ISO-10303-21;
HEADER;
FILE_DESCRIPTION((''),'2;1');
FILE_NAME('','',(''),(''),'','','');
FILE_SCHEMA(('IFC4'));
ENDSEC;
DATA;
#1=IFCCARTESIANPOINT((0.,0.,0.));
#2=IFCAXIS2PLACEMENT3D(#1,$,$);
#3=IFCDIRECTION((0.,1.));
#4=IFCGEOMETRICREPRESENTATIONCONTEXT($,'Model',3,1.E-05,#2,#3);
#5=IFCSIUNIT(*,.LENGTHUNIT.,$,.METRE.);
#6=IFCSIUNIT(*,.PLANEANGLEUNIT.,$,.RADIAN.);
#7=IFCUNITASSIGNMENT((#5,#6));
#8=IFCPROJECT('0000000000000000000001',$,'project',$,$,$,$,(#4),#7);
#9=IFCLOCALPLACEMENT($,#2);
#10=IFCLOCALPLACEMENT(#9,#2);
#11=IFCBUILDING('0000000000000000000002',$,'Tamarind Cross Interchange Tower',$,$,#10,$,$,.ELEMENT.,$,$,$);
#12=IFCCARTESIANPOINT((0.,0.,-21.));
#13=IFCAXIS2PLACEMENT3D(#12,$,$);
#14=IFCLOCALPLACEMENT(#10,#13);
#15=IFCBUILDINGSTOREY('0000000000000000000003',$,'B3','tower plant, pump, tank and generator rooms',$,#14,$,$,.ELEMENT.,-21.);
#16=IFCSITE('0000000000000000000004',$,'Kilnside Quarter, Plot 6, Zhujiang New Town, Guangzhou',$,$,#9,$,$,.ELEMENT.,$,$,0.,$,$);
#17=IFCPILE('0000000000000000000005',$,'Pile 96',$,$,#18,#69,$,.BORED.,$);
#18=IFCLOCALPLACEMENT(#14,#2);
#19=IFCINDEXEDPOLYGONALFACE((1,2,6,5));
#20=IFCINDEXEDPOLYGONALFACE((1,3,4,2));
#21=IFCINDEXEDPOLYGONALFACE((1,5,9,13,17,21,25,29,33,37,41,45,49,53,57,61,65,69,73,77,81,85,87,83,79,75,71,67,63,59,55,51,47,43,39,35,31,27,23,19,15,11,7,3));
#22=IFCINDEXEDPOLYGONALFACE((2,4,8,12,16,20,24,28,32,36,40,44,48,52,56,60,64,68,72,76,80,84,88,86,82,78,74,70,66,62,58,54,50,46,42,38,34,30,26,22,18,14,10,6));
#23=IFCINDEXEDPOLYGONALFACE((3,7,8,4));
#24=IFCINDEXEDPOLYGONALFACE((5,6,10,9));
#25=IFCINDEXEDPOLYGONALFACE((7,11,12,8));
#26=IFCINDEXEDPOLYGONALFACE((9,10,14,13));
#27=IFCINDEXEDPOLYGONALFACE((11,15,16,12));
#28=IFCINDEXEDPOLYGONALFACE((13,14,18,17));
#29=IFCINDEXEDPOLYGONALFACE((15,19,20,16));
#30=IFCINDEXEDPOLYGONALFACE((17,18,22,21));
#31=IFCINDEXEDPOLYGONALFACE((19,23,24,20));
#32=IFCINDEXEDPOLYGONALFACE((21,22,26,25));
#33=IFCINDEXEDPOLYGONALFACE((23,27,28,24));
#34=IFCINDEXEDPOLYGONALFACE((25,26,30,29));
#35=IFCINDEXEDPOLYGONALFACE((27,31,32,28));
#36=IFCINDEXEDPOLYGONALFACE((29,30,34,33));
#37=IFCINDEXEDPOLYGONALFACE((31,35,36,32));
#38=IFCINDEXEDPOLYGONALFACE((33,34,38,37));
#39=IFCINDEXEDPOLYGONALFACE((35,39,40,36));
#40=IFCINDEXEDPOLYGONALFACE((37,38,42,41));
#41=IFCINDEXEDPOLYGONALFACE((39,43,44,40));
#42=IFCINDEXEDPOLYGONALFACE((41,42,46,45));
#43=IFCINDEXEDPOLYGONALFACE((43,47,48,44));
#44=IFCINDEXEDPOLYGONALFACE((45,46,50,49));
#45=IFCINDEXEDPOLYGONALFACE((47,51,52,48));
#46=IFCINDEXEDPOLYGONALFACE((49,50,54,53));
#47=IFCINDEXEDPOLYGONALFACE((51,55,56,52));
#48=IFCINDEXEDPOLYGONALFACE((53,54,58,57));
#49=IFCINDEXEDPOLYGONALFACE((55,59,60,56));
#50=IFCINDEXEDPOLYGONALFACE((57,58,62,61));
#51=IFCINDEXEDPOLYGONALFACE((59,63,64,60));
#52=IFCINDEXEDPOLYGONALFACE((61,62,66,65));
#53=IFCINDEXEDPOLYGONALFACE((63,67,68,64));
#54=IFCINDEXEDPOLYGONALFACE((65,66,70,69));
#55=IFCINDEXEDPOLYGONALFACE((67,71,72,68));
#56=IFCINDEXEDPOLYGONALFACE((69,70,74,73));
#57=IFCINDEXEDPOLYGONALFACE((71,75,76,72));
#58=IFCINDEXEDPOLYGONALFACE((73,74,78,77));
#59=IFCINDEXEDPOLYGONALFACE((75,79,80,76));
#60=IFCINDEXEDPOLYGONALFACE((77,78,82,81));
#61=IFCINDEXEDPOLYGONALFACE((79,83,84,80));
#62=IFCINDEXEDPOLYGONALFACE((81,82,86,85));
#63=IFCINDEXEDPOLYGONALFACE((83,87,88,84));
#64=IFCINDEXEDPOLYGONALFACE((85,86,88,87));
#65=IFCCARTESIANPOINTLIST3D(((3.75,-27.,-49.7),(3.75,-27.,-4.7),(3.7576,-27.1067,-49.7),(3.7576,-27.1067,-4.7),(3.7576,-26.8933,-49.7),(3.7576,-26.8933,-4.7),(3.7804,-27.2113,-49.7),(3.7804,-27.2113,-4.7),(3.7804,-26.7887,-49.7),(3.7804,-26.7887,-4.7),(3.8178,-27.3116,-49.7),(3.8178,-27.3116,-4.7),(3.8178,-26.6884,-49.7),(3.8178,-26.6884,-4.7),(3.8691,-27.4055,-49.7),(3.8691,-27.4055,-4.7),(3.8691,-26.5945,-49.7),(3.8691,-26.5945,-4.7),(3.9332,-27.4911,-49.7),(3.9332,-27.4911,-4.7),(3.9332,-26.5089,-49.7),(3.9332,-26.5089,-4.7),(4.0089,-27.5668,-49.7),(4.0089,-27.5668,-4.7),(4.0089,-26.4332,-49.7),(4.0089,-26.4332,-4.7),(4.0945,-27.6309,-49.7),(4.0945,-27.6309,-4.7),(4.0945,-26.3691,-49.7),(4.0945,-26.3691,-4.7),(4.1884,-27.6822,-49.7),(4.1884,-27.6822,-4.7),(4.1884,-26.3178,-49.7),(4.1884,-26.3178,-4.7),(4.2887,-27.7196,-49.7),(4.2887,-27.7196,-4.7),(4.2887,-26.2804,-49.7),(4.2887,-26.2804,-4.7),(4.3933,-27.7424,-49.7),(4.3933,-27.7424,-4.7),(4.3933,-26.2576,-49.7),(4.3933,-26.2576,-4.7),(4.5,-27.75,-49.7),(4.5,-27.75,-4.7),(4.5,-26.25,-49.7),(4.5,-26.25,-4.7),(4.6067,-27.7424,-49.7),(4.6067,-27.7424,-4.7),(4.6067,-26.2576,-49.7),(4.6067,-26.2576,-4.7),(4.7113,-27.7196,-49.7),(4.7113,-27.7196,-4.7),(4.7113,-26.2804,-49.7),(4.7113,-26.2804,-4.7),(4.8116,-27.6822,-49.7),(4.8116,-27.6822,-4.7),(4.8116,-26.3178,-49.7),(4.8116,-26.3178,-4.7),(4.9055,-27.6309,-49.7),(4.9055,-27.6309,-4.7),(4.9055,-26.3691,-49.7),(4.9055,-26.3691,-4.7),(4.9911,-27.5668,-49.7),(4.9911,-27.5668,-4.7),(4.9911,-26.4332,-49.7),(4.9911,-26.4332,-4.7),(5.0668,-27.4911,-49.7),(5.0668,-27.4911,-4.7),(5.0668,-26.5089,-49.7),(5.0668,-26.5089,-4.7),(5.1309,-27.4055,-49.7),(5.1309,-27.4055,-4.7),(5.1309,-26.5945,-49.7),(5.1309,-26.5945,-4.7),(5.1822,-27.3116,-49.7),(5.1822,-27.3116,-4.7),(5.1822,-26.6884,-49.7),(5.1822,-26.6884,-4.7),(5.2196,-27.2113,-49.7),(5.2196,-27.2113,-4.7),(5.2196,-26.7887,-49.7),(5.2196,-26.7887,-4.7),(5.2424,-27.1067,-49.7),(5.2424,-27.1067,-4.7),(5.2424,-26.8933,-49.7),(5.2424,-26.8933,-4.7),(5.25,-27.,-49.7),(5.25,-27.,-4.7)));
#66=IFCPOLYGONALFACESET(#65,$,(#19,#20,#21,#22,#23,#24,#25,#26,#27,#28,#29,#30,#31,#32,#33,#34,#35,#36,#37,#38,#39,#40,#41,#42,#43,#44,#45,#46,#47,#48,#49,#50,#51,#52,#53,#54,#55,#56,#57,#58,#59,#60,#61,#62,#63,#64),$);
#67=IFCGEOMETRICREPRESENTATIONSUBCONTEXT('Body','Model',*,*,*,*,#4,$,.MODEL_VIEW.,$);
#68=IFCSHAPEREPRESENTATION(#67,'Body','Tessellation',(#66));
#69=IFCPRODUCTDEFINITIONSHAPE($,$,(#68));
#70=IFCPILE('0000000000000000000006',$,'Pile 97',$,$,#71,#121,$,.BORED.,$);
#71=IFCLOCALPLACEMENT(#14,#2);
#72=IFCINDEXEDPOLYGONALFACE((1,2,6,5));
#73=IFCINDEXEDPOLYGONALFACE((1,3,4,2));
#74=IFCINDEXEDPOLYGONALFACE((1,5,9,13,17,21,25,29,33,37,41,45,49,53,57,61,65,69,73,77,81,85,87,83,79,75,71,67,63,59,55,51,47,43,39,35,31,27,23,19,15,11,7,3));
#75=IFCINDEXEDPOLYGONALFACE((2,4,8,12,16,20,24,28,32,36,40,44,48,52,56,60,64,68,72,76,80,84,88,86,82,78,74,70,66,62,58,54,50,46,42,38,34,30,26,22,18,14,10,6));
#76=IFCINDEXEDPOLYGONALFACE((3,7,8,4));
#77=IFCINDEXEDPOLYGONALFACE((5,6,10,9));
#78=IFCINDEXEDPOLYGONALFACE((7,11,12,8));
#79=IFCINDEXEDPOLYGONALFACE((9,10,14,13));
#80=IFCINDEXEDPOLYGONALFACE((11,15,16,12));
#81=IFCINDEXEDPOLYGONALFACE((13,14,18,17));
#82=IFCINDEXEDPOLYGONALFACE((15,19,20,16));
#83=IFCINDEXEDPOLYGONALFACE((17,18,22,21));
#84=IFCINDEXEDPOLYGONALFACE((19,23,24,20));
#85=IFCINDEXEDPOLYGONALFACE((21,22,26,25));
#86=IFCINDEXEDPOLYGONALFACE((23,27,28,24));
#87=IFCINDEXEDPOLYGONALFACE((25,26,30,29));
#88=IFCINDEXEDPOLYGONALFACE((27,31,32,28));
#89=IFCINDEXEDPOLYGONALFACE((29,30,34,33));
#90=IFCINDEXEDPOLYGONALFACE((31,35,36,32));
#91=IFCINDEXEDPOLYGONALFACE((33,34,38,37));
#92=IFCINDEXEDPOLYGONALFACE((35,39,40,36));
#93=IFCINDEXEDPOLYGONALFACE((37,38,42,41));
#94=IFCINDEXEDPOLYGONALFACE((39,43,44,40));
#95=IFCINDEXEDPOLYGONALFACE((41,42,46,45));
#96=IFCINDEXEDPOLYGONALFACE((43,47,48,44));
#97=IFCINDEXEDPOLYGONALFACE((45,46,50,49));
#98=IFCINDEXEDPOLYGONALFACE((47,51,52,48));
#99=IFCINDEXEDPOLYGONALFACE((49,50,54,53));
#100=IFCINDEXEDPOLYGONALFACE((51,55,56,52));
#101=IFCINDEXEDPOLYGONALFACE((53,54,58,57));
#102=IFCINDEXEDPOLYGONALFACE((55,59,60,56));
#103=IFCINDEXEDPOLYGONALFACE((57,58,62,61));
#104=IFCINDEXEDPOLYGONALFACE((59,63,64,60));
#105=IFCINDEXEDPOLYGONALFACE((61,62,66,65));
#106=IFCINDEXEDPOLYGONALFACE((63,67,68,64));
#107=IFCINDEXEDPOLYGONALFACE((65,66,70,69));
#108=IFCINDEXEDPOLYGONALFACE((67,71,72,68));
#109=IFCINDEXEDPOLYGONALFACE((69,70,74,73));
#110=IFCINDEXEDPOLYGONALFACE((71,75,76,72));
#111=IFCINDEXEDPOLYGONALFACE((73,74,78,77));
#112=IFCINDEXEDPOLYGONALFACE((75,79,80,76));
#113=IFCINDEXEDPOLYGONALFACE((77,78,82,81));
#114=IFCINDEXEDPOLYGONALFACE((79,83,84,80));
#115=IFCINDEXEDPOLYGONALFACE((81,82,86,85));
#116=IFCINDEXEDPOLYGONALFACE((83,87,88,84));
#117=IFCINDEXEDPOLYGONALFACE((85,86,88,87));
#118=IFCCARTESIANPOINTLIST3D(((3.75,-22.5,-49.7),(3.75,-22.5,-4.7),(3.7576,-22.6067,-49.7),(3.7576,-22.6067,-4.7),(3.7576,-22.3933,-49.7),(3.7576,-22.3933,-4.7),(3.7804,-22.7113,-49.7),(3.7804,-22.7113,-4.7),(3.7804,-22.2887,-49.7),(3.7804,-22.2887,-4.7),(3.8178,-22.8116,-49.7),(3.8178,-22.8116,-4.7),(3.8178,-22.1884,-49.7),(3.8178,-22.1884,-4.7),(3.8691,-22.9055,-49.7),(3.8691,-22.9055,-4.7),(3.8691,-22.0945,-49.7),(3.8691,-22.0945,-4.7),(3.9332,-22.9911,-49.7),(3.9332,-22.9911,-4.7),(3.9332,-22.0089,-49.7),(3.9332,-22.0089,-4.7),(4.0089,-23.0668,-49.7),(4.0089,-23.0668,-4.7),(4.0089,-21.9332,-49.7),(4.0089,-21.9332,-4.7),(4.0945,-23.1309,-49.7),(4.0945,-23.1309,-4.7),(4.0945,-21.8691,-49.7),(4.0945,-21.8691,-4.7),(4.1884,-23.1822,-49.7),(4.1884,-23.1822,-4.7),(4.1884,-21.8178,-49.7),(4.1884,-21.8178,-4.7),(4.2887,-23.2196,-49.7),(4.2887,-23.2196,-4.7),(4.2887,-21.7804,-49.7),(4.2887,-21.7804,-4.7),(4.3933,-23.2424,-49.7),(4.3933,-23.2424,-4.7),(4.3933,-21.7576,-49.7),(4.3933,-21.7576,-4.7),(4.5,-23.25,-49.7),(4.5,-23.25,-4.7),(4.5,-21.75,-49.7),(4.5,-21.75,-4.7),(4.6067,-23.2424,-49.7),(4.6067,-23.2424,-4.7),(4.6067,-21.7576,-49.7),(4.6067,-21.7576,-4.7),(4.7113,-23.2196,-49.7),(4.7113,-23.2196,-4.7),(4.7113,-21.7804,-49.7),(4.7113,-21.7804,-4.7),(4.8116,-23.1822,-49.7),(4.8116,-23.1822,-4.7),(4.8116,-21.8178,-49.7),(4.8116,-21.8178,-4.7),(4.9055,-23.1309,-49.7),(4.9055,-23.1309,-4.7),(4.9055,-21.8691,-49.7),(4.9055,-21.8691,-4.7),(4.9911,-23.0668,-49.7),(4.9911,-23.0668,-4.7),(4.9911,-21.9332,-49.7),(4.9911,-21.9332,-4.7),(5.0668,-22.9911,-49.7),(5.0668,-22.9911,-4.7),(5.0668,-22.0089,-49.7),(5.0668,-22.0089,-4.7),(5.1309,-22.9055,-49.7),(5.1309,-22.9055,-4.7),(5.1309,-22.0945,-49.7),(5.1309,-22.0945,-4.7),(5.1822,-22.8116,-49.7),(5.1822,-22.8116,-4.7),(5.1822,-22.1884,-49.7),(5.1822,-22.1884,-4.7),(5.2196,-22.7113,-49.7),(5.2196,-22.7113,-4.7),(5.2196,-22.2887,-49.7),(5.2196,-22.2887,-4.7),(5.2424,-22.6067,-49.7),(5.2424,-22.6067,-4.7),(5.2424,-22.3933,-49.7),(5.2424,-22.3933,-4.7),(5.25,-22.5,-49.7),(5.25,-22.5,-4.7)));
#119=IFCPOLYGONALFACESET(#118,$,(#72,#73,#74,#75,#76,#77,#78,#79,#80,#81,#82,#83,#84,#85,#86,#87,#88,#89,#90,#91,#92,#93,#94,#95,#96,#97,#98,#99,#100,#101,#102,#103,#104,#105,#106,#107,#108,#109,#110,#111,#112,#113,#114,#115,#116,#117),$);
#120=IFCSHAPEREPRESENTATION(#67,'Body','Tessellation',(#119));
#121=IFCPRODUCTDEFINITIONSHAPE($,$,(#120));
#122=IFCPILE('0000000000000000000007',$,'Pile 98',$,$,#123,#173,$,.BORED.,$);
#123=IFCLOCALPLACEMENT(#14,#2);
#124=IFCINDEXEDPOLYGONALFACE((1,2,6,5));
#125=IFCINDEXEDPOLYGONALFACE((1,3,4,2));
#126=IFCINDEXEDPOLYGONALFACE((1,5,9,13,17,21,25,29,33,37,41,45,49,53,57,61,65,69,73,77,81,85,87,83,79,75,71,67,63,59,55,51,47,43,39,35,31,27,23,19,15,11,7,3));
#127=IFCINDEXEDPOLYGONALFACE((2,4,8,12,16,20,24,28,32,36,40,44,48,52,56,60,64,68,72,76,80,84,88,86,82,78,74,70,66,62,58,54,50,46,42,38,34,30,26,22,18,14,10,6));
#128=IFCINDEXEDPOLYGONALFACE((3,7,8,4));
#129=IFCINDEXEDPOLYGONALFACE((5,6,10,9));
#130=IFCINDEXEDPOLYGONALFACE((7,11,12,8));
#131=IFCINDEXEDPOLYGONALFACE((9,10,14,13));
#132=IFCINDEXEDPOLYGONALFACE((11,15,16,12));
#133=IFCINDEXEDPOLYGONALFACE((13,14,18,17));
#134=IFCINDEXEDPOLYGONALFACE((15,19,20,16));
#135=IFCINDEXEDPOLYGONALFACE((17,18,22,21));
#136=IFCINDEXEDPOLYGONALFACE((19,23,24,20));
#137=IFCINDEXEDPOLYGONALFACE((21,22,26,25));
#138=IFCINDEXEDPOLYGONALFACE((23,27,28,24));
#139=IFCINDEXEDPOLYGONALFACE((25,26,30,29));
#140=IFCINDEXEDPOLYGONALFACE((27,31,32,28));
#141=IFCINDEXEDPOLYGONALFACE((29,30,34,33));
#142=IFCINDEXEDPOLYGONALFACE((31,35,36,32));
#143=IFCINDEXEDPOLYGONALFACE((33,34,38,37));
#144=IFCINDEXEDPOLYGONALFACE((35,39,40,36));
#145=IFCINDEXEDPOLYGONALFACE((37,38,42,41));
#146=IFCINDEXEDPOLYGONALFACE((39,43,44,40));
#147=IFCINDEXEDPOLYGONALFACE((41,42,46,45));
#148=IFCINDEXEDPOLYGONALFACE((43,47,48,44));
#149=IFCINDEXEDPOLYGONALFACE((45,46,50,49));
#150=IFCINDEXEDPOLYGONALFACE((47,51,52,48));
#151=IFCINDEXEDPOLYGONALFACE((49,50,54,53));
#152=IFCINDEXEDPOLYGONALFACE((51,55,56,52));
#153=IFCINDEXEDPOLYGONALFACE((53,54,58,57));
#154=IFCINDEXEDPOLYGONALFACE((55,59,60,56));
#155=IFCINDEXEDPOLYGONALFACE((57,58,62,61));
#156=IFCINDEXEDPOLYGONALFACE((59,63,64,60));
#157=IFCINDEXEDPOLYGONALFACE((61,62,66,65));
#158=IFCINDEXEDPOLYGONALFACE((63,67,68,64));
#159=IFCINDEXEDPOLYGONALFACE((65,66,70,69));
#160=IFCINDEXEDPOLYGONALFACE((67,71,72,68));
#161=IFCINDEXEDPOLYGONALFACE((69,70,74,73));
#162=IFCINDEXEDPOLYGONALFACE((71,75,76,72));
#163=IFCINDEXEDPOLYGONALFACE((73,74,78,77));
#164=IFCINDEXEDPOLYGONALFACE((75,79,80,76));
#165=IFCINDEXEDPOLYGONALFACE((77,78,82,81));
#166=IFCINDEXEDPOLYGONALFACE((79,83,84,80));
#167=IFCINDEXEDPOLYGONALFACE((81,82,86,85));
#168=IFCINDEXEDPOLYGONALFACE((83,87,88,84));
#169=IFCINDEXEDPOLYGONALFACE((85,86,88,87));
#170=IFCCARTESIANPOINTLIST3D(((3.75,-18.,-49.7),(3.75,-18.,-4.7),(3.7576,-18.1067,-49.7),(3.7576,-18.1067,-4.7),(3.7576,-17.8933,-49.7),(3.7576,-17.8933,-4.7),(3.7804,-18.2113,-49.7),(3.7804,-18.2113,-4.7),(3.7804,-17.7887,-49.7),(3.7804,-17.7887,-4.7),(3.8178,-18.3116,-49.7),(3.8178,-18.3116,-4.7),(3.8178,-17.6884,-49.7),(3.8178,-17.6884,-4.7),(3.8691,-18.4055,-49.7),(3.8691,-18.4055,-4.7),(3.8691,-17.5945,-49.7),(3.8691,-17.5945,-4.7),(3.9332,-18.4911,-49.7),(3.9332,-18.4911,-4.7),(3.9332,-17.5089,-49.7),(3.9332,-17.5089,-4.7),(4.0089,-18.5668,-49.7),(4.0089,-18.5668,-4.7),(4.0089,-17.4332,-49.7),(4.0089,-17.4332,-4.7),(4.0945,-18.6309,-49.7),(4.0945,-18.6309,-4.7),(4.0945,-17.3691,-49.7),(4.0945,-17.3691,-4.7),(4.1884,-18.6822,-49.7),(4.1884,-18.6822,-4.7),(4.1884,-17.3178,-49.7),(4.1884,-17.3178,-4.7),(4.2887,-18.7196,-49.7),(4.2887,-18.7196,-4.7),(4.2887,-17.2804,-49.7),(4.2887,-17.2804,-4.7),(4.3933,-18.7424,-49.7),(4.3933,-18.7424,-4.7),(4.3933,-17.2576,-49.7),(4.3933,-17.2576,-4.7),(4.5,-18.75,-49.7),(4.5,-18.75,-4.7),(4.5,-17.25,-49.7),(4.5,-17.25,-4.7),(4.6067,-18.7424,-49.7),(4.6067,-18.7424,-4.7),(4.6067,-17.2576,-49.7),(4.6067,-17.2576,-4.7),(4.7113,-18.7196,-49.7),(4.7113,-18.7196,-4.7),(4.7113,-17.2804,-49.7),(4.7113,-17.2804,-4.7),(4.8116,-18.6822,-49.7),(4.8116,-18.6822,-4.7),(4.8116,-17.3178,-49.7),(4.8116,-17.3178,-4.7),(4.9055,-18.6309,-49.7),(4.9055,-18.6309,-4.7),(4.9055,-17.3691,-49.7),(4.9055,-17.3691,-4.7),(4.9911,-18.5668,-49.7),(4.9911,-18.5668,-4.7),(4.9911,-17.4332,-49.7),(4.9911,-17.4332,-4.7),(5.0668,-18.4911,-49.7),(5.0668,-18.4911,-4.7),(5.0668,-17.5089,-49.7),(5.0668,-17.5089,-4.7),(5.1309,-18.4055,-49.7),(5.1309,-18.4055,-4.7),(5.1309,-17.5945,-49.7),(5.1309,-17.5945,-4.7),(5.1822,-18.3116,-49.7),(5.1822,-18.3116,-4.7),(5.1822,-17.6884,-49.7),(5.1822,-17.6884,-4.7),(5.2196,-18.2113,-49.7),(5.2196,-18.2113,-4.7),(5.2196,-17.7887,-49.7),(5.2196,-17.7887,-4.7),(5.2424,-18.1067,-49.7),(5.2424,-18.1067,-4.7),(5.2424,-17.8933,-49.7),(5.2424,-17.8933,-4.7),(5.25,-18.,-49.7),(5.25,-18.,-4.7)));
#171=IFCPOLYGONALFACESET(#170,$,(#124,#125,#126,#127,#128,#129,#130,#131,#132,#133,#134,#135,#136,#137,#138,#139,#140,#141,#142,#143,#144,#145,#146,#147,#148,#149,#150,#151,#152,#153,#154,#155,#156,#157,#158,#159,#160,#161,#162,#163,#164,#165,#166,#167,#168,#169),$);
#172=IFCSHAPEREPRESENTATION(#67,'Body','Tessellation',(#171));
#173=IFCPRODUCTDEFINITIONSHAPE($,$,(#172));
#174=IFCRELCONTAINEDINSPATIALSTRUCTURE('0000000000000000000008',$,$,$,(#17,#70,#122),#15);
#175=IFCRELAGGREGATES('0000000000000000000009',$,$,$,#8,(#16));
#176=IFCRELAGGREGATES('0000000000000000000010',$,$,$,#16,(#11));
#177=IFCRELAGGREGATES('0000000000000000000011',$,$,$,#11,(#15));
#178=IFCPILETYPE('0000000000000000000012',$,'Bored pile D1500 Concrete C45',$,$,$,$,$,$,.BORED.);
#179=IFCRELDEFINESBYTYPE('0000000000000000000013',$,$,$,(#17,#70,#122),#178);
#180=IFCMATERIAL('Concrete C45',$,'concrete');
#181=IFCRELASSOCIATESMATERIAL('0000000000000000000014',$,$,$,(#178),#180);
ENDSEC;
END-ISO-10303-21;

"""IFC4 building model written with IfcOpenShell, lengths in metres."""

from ifc_helpers import new_model, si_unit, direction, frame, origin, origin_2d, place, context, subcontext, project, spatial, circle, extrude, material, material_profile, profile_set, type_object, element, save


model = new_model("IFC4")

# Units and contexts
model_context = context("Model", 3, precision=1e-05, world=origin(), true_north=direction((0.0, 1.0)))
body_context = subcontext(model_context, "Body", "Model", "MODEL_VIEW")
ifc_project = project(units=[si_unit("LENGTHUNIT", "METRE"), si_unit("PLANEANGLEUNIT", "RADIAN")], contexts=[model_context])

# Site, building, storey
site_placement = place(None, origin())
site = spatial("IfcSite", under=ifc_project, at=site_placement, Name="Kilnside Quarter, Plot 6, Zhujiang New Town, Guangzhou", CompositionType="ELEMENT", RefElevation=0.0)
building_placement = place(site_placement, origin())
building = spatial("IfcBuilding", under=site, at=building_placement, Name="Tamarind Cross Interchange Tower", CompositionType="ELEMENT")
storey_placement = place(building_placement, frame((0.0, 0.0, -21.0)))
storey = spatial("IfcBuildingStorey", under=building, at=storey_placement, Name="B3", Description="tower plant, pump, tank and generator rooms", CompositionType="ELEMENT", Elevation=-21.0)

# Piles
ifc_material_1 = material(Name="Concrete C45", Category="concrete")
ifc_material_profile_1 = material_profile(ifc_material_1, circle(Radius=0.75, at=origin_2d()), Name="RC D1500")
ifc_profile_set_1 = profile_set([ifc_material_profile_1], Name="Concrete C45")
pile_type = type_object("IfcPileType", Name="Bored pile D1500 Concrete C45", PredefinedType="BORED", material=ifc_profile_set_1)
for number, where, z_axis, x_axis, name in (
    (1, (4.5, -27.0, -4.7), (0.0, 0.0, -1.0), (1.0, 0.0, 0.0), "Pile 96"),
    (2, (4.5, -22.5, -4.7), (0.0, 0.0, -1.0), (1.0, 0.0, 0.0), "Pile 97"),
    (3, (4.5, -18.0, -4.7), (0.0, 0.0, -1.0), (1.0, 0.0, 0.0), "Pile 98"),
):
    element("IfcPile", number, at=place(storey_placement, frame(where, z_axis=z_axis, x_axis=x_axis)), inside=storey, type_object=pile_type, Name=name, PredefinedType="BORED", context=body_context, shape_type="SweptSolid", body=[
        extrude(circle(Radius=0.75, at=origin_2d()), origin(), (0.0, 0.0, 1.0), 45.0),
    ])

save(model, "model.ifc")
